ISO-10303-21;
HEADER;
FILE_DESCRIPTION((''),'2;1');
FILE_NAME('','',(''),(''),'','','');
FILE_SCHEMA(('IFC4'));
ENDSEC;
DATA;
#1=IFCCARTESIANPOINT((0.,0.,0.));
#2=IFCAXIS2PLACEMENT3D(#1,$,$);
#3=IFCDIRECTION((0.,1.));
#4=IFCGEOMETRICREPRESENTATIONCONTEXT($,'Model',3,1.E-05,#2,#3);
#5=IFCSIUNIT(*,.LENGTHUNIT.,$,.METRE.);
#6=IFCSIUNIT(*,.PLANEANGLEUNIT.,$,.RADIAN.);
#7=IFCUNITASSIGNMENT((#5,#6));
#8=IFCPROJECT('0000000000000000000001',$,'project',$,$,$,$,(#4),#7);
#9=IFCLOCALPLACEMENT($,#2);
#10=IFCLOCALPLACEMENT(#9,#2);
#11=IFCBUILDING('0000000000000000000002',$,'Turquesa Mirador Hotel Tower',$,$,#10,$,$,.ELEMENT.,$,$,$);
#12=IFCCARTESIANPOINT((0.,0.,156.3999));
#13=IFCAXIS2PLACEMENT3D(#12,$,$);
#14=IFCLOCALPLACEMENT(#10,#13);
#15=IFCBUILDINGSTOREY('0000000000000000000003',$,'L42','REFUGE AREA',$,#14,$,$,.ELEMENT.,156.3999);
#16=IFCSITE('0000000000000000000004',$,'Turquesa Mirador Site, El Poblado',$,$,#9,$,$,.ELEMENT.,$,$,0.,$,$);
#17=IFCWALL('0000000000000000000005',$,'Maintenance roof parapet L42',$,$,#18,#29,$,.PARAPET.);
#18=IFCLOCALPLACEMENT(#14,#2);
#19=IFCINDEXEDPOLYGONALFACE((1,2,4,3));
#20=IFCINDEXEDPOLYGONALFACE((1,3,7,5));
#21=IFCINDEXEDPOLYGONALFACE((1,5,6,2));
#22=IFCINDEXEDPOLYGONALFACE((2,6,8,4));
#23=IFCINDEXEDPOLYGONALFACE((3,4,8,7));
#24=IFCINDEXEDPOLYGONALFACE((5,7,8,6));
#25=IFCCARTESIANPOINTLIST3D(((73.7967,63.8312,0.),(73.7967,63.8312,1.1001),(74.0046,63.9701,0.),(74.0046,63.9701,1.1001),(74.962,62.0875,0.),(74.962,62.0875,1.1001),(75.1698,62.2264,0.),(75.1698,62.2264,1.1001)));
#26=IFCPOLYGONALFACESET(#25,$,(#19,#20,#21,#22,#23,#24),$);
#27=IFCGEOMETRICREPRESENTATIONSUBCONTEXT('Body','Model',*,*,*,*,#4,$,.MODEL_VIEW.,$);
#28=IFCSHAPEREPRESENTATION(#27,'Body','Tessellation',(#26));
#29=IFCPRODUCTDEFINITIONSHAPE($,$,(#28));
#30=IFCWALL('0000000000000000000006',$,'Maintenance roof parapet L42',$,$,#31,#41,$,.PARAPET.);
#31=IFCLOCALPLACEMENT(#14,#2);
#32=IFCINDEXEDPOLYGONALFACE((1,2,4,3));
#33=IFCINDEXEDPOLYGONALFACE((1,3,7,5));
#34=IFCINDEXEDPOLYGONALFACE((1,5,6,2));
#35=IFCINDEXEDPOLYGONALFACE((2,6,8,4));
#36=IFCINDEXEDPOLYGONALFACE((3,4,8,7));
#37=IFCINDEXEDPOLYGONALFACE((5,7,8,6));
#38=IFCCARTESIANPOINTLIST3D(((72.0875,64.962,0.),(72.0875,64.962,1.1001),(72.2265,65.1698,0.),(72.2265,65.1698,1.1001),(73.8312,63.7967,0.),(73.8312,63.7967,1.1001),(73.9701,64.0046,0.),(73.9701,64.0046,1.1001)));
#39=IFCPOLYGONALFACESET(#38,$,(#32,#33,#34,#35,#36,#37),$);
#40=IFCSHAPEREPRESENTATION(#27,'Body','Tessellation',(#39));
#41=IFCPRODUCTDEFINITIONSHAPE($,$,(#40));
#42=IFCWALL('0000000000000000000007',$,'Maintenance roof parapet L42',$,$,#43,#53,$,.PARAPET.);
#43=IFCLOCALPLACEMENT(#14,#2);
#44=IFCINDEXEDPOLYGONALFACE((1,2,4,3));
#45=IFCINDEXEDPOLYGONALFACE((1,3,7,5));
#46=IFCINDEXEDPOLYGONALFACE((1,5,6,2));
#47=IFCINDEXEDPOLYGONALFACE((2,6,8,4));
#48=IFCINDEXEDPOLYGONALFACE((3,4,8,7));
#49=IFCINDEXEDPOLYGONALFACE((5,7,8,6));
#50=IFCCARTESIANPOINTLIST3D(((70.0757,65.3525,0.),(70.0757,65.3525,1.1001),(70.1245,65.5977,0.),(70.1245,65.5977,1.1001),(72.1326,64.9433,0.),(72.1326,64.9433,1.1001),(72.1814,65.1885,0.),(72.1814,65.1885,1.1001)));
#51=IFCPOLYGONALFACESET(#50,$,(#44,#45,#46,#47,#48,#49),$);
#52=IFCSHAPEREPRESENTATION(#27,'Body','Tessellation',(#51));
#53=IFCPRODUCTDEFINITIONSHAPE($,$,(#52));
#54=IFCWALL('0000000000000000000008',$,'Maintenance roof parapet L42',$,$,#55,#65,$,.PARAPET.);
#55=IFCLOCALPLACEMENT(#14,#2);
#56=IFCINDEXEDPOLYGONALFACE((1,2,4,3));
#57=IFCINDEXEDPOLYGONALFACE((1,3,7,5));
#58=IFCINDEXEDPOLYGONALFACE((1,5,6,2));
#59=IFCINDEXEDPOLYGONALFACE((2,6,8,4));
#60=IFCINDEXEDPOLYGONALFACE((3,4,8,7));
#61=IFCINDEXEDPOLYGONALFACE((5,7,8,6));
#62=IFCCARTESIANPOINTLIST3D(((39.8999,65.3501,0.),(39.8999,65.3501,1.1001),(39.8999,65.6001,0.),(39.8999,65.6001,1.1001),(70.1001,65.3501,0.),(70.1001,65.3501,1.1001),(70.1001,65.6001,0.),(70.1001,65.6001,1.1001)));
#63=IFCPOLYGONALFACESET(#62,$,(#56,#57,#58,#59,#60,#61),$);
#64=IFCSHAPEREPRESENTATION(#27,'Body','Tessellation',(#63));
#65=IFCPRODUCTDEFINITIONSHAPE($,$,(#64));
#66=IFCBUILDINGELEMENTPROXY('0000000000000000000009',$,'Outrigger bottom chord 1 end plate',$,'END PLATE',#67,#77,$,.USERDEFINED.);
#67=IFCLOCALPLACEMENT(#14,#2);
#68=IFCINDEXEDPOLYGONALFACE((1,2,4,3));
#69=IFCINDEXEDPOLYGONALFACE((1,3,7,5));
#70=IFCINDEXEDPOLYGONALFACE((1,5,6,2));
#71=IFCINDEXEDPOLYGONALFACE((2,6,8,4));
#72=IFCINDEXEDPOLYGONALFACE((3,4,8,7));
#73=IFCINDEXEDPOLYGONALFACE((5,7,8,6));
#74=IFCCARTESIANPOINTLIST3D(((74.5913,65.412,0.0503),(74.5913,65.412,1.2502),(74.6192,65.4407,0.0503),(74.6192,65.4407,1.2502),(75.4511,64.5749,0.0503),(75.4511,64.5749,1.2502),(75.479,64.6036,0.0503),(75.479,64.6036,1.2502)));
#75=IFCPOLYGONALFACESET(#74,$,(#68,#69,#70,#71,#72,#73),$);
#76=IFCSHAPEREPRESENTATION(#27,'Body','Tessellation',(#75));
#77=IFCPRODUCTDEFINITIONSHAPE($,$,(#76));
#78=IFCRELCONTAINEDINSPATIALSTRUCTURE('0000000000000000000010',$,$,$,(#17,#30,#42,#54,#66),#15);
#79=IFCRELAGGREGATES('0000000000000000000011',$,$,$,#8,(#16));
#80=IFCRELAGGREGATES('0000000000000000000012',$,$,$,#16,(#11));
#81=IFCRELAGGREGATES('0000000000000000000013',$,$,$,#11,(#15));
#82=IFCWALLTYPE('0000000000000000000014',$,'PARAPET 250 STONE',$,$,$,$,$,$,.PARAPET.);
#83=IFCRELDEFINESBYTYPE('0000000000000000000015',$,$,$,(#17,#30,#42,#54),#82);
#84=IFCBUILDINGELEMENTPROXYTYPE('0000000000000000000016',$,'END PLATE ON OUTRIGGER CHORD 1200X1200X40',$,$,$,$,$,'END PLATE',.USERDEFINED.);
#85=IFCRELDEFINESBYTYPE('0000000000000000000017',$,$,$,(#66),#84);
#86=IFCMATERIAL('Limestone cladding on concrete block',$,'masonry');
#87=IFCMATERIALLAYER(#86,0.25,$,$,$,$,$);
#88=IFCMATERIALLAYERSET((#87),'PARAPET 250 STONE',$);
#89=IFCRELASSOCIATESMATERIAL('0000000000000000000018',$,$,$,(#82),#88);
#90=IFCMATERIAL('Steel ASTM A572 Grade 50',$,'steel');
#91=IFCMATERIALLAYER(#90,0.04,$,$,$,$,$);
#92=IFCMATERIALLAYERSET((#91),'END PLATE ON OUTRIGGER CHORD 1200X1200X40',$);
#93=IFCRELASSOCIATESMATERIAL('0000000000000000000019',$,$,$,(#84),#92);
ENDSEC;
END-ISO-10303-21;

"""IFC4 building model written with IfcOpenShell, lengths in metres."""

from ifc_helpers import new_model, si_unit, direction, frame, frame_2d, origin, origin_2d, place, context, subcontext, project, spatial, rectangle, extrude, material, layer, layer_set, type_object, element, save


model = new_model("IFC4")

# Units and contexts
model_context = context("Model", 3, precision=1e-05, world=origin(), true_north=direction((0.0, 1.0)))
body_context = subcontext(model_context, "Body", "Model", "MODEL_VIEW")
ifc_project = project(units=[si_unit("LENGTHUNIT", "METRE"), si_unit("PLANEANGLEUNIT", "RADIAN")], contexts=[model_context])

# Site, building, storey
site_placement = place(None, origin())
site = spatial("IfcSite", under=ifc_project, at=site_placement, Name="Turquesa Mirador Site, El Poblado", CompositionType="ELEMENT", RefElevation=0.0)
building_placement = place(site_placement, origin())
building = spatial("IfcBuilding", under=site, at=building_placement, Name="Turquesa Mirador Hotel Tower", CompositionType="ELEMENT")
storey_placement = place(building_placement, frame((0.0, 0.0, 156.3999)))
storey = spatial("IfcBuildingStorey", under=building, at=storey_placement, Name="L42", Description="REFUGE AREA", CompositionType="ELEMENT", Elevation=156.3999)

# Walls
ifc_material_1 = material(Name="Limestone cladding on concrete block", Category="masonry")
ifc_layer_1 = layer(ifc_material_1, 0.25)
ifc_layer_set_1 = layer_set([ifc_layer_1], Name="PARAPET 250 STONE")
wall_type_1 = type_object("IfcWallType", Name="PARAPET 250 STONE", PredefinedType="PARAPET", material=ifc_layer_set_1)
for number, where, z_axis, x_axis, name in (
    (1, (75.0659, 62.157, 0.0), (0.0, 0.0, 1.0), (-0.55564, 0.831423, 0.0), "Maintenance roof parapet L42"),
    (2, (73.9006, 63.9006, 0.0), (0.0, 0.0, 1.0), (-0.831423, 0.55564, 0.0), "Maintenance roof parapet L42"),
    (3, (72.157, 65.0659, 0.0), (0.0, 0.0, 1.0), (-0.980782, 0.195109, 0.0), "Maintenance roof parapet L42"),
):
    element("IfcWall", number, at=place(storey_placement, frame(where, z_axis=z_axis, x_axis=x_axis)), inside=storey, type_object=wall_type_1, Name=name, PredefinedType="PARAPET", context=body_context, shape_type="SweptSolid", body=[
        extrude(rectangle(XDim=2.0972, YDim=0.25, at=frame_2d((1.0486, 0.0))), origin(), (0.0, 0.0, 1.0), 1.1001),
    ])
wall_1_placement = place(storey_placement, frame((70.1001, 65.4751, 0.0), z_axis=(0.0, 0.0, 1.0), x_axis=(-1.0, 0.0, 0.0)))
element("IfcWall", 4, at=wall_1_placement, inside=storey, type_object=wall_type_1, Name="Maintenance roof parapet L42", PredefinedType="PARAPET", context=body_context, shape_type="SweptSolid", body=[
    extrude(rectangle(XDim=30.2002, YDim=0.25, at=frame_2d((15.1001, 0.0))), origin(), (0.0, 0.0, 1.0), 1.1001),
])

# Building element proxy
ifc_material_2 = material(Name="Steel ASTM A572 Grade 50", Category="steel")
ifc_layer_2 = layer(ifc_material_2, 0.04)
ifc_layer_set_2 = layer_set([ifc_layer_2], Name="END PLATE ON OUTRIGGER CHORD 1200X1200X40")
building_element_proxy_type = type_object("IfcBuildingElementProxyType", Name="END PLATE ON OUTRIGGER CHORD 1200X1200X40", ElementType="END PLATE", PredefinedType="USERDEFINED", material=ifc_layer_set_2)
proxy_placement = place(storey_placement, frame((75.0352, 65.0078, 0.0503), z_axis=(0.0, 0.0, 1.0), x_axis=(0.697568, 0.716518, 0.0)))
element("IfcBuildingElementProxy", 5, at=proxy_placement, inside=storey, type_object=building_element_proxy_type, Name="Outrigger bottom chord 1 end plate", ObjectType="END PLATE", PredefinedType="USERDEFINED", context=body_context, shape_type="SweptSolid", body=[
    extrude(rectangle(XDim=0.04, YDim=1.2, at=origin_2d()), origin(), (0.0, 0.0, 1.0), 1.2),
])

save(model, "model.ifc")
